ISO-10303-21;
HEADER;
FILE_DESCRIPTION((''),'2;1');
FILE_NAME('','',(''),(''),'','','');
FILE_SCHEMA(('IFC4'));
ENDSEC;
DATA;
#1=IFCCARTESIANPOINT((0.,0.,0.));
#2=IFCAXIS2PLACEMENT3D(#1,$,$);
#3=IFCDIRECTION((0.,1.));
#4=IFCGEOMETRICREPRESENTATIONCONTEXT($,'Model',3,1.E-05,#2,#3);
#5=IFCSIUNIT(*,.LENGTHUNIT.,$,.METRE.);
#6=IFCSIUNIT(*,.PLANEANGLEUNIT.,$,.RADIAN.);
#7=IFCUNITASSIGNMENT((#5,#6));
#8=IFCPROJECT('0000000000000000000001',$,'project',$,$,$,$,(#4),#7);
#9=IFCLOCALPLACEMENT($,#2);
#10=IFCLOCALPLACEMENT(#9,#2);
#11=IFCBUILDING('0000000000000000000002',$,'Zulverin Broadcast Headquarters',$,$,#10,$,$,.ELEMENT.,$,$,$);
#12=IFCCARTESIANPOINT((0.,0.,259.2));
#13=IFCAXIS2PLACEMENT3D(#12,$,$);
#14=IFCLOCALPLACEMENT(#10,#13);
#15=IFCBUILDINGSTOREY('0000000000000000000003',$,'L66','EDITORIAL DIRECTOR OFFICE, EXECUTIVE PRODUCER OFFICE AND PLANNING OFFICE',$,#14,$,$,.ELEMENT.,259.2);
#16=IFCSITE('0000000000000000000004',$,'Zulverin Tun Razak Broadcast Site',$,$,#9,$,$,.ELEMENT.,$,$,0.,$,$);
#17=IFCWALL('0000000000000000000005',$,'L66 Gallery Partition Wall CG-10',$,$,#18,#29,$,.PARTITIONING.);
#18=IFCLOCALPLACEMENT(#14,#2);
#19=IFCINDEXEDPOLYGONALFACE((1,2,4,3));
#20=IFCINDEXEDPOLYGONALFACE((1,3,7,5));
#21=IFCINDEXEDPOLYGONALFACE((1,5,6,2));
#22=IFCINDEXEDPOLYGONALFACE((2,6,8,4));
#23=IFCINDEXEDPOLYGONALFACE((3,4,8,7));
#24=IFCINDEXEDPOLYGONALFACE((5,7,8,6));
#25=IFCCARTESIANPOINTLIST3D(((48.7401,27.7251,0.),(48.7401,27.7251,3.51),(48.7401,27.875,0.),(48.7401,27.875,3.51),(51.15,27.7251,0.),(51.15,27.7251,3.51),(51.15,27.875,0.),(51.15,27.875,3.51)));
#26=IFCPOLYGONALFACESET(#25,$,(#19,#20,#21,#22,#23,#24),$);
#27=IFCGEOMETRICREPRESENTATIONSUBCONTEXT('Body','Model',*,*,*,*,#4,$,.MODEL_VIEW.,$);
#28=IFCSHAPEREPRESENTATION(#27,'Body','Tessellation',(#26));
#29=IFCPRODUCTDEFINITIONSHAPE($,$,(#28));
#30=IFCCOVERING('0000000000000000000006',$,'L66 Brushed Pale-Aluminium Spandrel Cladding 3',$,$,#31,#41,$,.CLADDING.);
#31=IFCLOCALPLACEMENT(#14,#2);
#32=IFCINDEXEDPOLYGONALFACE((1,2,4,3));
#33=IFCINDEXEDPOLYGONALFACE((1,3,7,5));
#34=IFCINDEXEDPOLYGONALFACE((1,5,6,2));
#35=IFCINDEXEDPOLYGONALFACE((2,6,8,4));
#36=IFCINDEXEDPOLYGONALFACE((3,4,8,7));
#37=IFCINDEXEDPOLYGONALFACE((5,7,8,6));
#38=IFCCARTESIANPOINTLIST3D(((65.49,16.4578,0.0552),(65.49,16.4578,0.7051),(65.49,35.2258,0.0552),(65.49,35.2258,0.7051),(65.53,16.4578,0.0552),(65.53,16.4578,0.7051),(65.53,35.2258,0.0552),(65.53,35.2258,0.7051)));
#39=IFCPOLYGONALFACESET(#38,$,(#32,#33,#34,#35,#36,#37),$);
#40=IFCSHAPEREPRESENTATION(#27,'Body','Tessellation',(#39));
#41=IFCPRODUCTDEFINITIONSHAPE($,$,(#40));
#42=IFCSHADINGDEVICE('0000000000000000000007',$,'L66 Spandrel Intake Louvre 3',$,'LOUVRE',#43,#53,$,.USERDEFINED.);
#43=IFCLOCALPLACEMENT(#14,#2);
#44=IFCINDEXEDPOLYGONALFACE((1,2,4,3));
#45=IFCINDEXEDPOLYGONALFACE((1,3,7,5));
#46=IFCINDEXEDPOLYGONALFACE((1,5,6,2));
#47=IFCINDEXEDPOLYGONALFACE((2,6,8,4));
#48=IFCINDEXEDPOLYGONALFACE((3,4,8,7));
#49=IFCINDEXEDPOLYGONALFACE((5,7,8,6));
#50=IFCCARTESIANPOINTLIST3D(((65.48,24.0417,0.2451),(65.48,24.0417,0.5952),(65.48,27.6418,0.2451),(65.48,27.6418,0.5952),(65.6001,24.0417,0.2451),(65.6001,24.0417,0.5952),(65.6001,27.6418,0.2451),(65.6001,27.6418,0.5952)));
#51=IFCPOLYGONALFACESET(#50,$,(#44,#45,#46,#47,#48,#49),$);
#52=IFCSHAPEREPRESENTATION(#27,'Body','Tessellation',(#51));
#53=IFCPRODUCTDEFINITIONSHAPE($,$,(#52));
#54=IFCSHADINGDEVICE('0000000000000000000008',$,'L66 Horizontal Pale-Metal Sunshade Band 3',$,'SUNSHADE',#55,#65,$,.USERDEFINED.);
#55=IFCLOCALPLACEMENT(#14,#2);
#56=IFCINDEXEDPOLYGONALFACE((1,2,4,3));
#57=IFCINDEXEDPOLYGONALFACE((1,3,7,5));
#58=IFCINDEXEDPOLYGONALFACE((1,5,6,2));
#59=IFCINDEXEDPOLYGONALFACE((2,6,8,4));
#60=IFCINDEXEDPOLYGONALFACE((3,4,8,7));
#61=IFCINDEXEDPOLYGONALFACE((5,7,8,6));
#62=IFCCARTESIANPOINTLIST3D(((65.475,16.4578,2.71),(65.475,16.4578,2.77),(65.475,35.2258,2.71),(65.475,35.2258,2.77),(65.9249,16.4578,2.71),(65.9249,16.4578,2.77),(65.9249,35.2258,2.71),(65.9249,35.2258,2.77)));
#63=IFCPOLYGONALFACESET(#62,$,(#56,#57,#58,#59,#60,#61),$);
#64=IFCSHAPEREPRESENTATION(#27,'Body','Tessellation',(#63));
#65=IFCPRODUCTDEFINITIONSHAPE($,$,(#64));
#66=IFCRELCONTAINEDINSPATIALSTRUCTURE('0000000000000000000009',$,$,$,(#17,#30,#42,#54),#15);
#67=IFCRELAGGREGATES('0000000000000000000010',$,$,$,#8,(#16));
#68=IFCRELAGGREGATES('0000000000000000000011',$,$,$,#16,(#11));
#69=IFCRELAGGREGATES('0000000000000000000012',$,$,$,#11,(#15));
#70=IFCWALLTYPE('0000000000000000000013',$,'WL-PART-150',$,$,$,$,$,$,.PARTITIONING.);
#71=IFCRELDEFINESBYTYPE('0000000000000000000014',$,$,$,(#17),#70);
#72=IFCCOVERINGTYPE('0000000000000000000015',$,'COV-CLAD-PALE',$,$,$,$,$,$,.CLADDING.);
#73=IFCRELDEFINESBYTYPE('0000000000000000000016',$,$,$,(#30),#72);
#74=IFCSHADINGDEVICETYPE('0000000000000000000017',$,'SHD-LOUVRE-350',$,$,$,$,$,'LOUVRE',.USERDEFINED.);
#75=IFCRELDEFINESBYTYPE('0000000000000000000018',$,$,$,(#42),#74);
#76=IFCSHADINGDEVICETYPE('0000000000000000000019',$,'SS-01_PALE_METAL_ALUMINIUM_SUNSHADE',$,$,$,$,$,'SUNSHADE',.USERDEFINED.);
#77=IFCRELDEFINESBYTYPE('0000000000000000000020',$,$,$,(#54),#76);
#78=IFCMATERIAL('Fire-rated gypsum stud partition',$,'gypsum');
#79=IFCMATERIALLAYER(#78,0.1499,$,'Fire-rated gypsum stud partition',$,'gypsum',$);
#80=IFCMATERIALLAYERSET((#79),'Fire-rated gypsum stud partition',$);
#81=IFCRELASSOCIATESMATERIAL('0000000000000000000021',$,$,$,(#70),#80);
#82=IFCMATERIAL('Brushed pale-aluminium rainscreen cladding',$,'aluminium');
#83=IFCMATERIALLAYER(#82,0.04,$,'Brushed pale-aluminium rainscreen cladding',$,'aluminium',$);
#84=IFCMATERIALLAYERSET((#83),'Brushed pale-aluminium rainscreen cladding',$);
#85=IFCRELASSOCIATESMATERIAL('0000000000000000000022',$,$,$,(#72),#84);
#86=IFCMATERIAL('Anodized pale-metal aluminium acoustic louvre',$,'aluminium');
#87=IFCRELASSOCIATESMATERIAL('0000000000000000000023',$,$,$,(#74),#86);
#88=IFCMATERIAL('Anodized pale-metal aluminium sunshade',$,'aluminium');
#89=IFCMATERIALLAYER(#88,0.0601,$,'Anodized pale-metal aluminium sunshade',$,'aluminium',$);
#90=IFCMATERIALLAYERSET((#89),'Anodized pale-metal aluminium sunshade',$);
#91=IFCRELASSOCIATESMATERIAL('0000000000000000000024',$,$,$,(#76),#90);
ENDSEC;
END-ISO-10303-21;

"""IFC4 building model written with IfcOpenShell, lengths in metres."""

from ifc_helpers import new_model, si_unit, direction, frame, frame_2d, origin, origin_2d, place, context, subcontext, project, spatial, rectangle, extrude, material, layer, layer_set, type_object, element, save


model = new_model("IFC4")

# Units and contexts
model_context = context("Model", 3, precision=1e-05, world=origin(), true_north=direction((0.0, 1.0)))
body_context = subcontext(model_context, "Body", "Model", "MODEL_VIEW")
ifc_project = project(units=[si_unit("LENGTHUNIT", "METRE"), si_unit("PLANEANGLEUNIT", "RADIAN")], contexts=[model_context])

# Site, building, storey
site_placement = place(None, origin())
site = spatial("IfcSite", under=ifc_project, at=site_placement, Name="Zulverin Tun Razak Broadcast Site", CompositionType="ELEMENT", RefElevation=0.0)
building_placement = place(site_placement, origin())
building = spatial("IfcBuilding", under=site, at=building_placement, Name="Zulverin Broadcast Headquarters", CompositionType="ELEMENT")
storey_placement = place(building_placement, frame((0.0, 0.0, 259.2)))
storey = spatial("IfcBuildingStorey", under=building, at=storey_placement, Name="L66", Description="EDITORIAL DIRECTOR OFFICE, EXECUTIVE PRODUCER OFFICE AND PLANNING OFFICE", CompositionType="ELEMENT", Elevation=259.2)

# Wall
ifc_material_1 = material(Name="Fire-rated gypsum stud partition", Category="gypsum")
ifc_layer_1 = layer(ifc_material_1, 0.1499, Name="Fire-rated gypsum stud partition", Category="gypsum")
ifc_layer_set_1 = layer_set([ifc_layer_1], Name="Fire-rated gypsum stud partition")
wall_type_1 = type_object("IfcWallType", Name="WL-PART-150", PredefinedType="PARTITIONING", material=ifc_layer_set_1)
wall_1_placement = place(storey_placement, frame((48.74, 27.8, 0.0), z_axis=(0.0, 0.0, 1.0), x_axis=(1.0, 0.0, 0.0)))
element("IfcWall", 1, at=wall_1_placement, inside=storey, type_object=wall_type_1, Name="L66 Gallery Partition Wall CG-10", PredefinedType="PARTITIONING", context=body_context, shape_type="SweptSolid", body=[
    extrude(rectangle(XDim=2.4099, YDim=0.1499, at=frame_2d((1.2051, 0.0))), origin(), (0.0, 0.0, 1.0), 3.51),
])

# Covering
ifc_material_2 = material(Name="Brushed pale-aluminium rainscreen cladding", Category="aluminium")
ifc_layer_2 = layer(ifc_material_2, 0.04, Name="Brushed pale-aluminium rainscreen cladding", Category="aluminium")
ifc_layer_set_2 = layer_set([ifc_layer_2], Name="Brushed pale-aluminium rainscreen cladding")
covering_type = type_object("IfcCoveringType", Name="COV-CLAD-PALE", PredefinedType="CLADDING", material=ifc_layer_set_2)
covering_placement = place(storey_placement, frame((65.51, 25.8418, 0.0552), z_axis=(0.0, 0.0, 1.0), x_axis=(0.0, 1.0, 0.0)))
element("IfcCovering", 2, at=covering_placement, inside=storey, type_object=covering_type, Name="L66 Brushed Pale-Aluminium Spandrel Cladding 3", PredefinedType="CLADDING", context=body_context, shape_type="SweptSolid", body=[
    extrude(rectangle(XDim=18.7681, YDim=0.04, at=origin_2d()), origin(), (0.0, 0.0, 1.0), 0.6499),
])

# Shading devices
ifc_material_3 = material(Name="Anodized pale-metal aluminium acoustic louvre", Category="aluminium")
shading_device_type_1 = type_object("IfcShadingDeviceType", Name="SHD-LOUVRE-350", ElementType="LOUVRE", PredefinedType="USERDEFINED", material=ifc_material_3)
shading_device_1_placement = place(storey_placement, frame((65.54, 25.8418, 0.2451), z_axis=(0.0, 0.0, 1.0), x_axis=(0.0, 1.0, 0.0)))
element("IfcShadingDevice", 3, at=shading_device_1_placement, inside=storey, type_object=shading_device_type_1, Name="L66 Spandrel Intake Louvre 3", ObjectType="LOUVRE", PredefinedType="USERDEFINED", context=body_context, shape_type="SweptSolid", body=[
    extrude(rectangle(XDim=3.6001, YDim=0.1201, at=origin_2d()), origin(), (0.0, 0.0, 1.0), 0.3501),
])
ifc_material_4 = material(Name="Anodized pale-metal aluminium sunshade", Category="aluminium")
ifc_layer_3 = layer(ifc_material_4, 0.0601, Name="Anodized pale-metal aluminium sunshade", Category="aluminium")
ifc_layer_set_3 = layer_set([ifc_layer_3], Name="Anodized pale-metal aluminium sunshade")
shading_device_type_2 = type_object("IfcShadingDeviceType", Name="SS-01_PALE_METAL_ALUMINIUM_SUNSHADE", ElementType="SUNSHADE", PredefinedType="USERDEFINED", material=ifc_layer_set_3)
shading_device_2_placement = place(storey_placement, frame((65.7, 25.8418, 2.71), z_axis=(0.0, 0.0, 1.0), x_axis=(0.0, 1.0, 0.0)))
element("IfcShadingDevice", 4, at=shading_device_2_placement, inside=storey, type_object=shading_device_type_2, Name="L66 Horizontal Pale-Metal Sunshade Band 3", ObjectType="SUNSHADE", PredefinedType="USERDEFINED", context=body_context, shape_type="SweptSolid", body=[
    extrude(rectangle(XDim=18.7681, YDim=0.45, at=origin_2d()), origin(), (0.0, 0.0, 1.0), 0.0601),
])

save(model, "model.ifc")
